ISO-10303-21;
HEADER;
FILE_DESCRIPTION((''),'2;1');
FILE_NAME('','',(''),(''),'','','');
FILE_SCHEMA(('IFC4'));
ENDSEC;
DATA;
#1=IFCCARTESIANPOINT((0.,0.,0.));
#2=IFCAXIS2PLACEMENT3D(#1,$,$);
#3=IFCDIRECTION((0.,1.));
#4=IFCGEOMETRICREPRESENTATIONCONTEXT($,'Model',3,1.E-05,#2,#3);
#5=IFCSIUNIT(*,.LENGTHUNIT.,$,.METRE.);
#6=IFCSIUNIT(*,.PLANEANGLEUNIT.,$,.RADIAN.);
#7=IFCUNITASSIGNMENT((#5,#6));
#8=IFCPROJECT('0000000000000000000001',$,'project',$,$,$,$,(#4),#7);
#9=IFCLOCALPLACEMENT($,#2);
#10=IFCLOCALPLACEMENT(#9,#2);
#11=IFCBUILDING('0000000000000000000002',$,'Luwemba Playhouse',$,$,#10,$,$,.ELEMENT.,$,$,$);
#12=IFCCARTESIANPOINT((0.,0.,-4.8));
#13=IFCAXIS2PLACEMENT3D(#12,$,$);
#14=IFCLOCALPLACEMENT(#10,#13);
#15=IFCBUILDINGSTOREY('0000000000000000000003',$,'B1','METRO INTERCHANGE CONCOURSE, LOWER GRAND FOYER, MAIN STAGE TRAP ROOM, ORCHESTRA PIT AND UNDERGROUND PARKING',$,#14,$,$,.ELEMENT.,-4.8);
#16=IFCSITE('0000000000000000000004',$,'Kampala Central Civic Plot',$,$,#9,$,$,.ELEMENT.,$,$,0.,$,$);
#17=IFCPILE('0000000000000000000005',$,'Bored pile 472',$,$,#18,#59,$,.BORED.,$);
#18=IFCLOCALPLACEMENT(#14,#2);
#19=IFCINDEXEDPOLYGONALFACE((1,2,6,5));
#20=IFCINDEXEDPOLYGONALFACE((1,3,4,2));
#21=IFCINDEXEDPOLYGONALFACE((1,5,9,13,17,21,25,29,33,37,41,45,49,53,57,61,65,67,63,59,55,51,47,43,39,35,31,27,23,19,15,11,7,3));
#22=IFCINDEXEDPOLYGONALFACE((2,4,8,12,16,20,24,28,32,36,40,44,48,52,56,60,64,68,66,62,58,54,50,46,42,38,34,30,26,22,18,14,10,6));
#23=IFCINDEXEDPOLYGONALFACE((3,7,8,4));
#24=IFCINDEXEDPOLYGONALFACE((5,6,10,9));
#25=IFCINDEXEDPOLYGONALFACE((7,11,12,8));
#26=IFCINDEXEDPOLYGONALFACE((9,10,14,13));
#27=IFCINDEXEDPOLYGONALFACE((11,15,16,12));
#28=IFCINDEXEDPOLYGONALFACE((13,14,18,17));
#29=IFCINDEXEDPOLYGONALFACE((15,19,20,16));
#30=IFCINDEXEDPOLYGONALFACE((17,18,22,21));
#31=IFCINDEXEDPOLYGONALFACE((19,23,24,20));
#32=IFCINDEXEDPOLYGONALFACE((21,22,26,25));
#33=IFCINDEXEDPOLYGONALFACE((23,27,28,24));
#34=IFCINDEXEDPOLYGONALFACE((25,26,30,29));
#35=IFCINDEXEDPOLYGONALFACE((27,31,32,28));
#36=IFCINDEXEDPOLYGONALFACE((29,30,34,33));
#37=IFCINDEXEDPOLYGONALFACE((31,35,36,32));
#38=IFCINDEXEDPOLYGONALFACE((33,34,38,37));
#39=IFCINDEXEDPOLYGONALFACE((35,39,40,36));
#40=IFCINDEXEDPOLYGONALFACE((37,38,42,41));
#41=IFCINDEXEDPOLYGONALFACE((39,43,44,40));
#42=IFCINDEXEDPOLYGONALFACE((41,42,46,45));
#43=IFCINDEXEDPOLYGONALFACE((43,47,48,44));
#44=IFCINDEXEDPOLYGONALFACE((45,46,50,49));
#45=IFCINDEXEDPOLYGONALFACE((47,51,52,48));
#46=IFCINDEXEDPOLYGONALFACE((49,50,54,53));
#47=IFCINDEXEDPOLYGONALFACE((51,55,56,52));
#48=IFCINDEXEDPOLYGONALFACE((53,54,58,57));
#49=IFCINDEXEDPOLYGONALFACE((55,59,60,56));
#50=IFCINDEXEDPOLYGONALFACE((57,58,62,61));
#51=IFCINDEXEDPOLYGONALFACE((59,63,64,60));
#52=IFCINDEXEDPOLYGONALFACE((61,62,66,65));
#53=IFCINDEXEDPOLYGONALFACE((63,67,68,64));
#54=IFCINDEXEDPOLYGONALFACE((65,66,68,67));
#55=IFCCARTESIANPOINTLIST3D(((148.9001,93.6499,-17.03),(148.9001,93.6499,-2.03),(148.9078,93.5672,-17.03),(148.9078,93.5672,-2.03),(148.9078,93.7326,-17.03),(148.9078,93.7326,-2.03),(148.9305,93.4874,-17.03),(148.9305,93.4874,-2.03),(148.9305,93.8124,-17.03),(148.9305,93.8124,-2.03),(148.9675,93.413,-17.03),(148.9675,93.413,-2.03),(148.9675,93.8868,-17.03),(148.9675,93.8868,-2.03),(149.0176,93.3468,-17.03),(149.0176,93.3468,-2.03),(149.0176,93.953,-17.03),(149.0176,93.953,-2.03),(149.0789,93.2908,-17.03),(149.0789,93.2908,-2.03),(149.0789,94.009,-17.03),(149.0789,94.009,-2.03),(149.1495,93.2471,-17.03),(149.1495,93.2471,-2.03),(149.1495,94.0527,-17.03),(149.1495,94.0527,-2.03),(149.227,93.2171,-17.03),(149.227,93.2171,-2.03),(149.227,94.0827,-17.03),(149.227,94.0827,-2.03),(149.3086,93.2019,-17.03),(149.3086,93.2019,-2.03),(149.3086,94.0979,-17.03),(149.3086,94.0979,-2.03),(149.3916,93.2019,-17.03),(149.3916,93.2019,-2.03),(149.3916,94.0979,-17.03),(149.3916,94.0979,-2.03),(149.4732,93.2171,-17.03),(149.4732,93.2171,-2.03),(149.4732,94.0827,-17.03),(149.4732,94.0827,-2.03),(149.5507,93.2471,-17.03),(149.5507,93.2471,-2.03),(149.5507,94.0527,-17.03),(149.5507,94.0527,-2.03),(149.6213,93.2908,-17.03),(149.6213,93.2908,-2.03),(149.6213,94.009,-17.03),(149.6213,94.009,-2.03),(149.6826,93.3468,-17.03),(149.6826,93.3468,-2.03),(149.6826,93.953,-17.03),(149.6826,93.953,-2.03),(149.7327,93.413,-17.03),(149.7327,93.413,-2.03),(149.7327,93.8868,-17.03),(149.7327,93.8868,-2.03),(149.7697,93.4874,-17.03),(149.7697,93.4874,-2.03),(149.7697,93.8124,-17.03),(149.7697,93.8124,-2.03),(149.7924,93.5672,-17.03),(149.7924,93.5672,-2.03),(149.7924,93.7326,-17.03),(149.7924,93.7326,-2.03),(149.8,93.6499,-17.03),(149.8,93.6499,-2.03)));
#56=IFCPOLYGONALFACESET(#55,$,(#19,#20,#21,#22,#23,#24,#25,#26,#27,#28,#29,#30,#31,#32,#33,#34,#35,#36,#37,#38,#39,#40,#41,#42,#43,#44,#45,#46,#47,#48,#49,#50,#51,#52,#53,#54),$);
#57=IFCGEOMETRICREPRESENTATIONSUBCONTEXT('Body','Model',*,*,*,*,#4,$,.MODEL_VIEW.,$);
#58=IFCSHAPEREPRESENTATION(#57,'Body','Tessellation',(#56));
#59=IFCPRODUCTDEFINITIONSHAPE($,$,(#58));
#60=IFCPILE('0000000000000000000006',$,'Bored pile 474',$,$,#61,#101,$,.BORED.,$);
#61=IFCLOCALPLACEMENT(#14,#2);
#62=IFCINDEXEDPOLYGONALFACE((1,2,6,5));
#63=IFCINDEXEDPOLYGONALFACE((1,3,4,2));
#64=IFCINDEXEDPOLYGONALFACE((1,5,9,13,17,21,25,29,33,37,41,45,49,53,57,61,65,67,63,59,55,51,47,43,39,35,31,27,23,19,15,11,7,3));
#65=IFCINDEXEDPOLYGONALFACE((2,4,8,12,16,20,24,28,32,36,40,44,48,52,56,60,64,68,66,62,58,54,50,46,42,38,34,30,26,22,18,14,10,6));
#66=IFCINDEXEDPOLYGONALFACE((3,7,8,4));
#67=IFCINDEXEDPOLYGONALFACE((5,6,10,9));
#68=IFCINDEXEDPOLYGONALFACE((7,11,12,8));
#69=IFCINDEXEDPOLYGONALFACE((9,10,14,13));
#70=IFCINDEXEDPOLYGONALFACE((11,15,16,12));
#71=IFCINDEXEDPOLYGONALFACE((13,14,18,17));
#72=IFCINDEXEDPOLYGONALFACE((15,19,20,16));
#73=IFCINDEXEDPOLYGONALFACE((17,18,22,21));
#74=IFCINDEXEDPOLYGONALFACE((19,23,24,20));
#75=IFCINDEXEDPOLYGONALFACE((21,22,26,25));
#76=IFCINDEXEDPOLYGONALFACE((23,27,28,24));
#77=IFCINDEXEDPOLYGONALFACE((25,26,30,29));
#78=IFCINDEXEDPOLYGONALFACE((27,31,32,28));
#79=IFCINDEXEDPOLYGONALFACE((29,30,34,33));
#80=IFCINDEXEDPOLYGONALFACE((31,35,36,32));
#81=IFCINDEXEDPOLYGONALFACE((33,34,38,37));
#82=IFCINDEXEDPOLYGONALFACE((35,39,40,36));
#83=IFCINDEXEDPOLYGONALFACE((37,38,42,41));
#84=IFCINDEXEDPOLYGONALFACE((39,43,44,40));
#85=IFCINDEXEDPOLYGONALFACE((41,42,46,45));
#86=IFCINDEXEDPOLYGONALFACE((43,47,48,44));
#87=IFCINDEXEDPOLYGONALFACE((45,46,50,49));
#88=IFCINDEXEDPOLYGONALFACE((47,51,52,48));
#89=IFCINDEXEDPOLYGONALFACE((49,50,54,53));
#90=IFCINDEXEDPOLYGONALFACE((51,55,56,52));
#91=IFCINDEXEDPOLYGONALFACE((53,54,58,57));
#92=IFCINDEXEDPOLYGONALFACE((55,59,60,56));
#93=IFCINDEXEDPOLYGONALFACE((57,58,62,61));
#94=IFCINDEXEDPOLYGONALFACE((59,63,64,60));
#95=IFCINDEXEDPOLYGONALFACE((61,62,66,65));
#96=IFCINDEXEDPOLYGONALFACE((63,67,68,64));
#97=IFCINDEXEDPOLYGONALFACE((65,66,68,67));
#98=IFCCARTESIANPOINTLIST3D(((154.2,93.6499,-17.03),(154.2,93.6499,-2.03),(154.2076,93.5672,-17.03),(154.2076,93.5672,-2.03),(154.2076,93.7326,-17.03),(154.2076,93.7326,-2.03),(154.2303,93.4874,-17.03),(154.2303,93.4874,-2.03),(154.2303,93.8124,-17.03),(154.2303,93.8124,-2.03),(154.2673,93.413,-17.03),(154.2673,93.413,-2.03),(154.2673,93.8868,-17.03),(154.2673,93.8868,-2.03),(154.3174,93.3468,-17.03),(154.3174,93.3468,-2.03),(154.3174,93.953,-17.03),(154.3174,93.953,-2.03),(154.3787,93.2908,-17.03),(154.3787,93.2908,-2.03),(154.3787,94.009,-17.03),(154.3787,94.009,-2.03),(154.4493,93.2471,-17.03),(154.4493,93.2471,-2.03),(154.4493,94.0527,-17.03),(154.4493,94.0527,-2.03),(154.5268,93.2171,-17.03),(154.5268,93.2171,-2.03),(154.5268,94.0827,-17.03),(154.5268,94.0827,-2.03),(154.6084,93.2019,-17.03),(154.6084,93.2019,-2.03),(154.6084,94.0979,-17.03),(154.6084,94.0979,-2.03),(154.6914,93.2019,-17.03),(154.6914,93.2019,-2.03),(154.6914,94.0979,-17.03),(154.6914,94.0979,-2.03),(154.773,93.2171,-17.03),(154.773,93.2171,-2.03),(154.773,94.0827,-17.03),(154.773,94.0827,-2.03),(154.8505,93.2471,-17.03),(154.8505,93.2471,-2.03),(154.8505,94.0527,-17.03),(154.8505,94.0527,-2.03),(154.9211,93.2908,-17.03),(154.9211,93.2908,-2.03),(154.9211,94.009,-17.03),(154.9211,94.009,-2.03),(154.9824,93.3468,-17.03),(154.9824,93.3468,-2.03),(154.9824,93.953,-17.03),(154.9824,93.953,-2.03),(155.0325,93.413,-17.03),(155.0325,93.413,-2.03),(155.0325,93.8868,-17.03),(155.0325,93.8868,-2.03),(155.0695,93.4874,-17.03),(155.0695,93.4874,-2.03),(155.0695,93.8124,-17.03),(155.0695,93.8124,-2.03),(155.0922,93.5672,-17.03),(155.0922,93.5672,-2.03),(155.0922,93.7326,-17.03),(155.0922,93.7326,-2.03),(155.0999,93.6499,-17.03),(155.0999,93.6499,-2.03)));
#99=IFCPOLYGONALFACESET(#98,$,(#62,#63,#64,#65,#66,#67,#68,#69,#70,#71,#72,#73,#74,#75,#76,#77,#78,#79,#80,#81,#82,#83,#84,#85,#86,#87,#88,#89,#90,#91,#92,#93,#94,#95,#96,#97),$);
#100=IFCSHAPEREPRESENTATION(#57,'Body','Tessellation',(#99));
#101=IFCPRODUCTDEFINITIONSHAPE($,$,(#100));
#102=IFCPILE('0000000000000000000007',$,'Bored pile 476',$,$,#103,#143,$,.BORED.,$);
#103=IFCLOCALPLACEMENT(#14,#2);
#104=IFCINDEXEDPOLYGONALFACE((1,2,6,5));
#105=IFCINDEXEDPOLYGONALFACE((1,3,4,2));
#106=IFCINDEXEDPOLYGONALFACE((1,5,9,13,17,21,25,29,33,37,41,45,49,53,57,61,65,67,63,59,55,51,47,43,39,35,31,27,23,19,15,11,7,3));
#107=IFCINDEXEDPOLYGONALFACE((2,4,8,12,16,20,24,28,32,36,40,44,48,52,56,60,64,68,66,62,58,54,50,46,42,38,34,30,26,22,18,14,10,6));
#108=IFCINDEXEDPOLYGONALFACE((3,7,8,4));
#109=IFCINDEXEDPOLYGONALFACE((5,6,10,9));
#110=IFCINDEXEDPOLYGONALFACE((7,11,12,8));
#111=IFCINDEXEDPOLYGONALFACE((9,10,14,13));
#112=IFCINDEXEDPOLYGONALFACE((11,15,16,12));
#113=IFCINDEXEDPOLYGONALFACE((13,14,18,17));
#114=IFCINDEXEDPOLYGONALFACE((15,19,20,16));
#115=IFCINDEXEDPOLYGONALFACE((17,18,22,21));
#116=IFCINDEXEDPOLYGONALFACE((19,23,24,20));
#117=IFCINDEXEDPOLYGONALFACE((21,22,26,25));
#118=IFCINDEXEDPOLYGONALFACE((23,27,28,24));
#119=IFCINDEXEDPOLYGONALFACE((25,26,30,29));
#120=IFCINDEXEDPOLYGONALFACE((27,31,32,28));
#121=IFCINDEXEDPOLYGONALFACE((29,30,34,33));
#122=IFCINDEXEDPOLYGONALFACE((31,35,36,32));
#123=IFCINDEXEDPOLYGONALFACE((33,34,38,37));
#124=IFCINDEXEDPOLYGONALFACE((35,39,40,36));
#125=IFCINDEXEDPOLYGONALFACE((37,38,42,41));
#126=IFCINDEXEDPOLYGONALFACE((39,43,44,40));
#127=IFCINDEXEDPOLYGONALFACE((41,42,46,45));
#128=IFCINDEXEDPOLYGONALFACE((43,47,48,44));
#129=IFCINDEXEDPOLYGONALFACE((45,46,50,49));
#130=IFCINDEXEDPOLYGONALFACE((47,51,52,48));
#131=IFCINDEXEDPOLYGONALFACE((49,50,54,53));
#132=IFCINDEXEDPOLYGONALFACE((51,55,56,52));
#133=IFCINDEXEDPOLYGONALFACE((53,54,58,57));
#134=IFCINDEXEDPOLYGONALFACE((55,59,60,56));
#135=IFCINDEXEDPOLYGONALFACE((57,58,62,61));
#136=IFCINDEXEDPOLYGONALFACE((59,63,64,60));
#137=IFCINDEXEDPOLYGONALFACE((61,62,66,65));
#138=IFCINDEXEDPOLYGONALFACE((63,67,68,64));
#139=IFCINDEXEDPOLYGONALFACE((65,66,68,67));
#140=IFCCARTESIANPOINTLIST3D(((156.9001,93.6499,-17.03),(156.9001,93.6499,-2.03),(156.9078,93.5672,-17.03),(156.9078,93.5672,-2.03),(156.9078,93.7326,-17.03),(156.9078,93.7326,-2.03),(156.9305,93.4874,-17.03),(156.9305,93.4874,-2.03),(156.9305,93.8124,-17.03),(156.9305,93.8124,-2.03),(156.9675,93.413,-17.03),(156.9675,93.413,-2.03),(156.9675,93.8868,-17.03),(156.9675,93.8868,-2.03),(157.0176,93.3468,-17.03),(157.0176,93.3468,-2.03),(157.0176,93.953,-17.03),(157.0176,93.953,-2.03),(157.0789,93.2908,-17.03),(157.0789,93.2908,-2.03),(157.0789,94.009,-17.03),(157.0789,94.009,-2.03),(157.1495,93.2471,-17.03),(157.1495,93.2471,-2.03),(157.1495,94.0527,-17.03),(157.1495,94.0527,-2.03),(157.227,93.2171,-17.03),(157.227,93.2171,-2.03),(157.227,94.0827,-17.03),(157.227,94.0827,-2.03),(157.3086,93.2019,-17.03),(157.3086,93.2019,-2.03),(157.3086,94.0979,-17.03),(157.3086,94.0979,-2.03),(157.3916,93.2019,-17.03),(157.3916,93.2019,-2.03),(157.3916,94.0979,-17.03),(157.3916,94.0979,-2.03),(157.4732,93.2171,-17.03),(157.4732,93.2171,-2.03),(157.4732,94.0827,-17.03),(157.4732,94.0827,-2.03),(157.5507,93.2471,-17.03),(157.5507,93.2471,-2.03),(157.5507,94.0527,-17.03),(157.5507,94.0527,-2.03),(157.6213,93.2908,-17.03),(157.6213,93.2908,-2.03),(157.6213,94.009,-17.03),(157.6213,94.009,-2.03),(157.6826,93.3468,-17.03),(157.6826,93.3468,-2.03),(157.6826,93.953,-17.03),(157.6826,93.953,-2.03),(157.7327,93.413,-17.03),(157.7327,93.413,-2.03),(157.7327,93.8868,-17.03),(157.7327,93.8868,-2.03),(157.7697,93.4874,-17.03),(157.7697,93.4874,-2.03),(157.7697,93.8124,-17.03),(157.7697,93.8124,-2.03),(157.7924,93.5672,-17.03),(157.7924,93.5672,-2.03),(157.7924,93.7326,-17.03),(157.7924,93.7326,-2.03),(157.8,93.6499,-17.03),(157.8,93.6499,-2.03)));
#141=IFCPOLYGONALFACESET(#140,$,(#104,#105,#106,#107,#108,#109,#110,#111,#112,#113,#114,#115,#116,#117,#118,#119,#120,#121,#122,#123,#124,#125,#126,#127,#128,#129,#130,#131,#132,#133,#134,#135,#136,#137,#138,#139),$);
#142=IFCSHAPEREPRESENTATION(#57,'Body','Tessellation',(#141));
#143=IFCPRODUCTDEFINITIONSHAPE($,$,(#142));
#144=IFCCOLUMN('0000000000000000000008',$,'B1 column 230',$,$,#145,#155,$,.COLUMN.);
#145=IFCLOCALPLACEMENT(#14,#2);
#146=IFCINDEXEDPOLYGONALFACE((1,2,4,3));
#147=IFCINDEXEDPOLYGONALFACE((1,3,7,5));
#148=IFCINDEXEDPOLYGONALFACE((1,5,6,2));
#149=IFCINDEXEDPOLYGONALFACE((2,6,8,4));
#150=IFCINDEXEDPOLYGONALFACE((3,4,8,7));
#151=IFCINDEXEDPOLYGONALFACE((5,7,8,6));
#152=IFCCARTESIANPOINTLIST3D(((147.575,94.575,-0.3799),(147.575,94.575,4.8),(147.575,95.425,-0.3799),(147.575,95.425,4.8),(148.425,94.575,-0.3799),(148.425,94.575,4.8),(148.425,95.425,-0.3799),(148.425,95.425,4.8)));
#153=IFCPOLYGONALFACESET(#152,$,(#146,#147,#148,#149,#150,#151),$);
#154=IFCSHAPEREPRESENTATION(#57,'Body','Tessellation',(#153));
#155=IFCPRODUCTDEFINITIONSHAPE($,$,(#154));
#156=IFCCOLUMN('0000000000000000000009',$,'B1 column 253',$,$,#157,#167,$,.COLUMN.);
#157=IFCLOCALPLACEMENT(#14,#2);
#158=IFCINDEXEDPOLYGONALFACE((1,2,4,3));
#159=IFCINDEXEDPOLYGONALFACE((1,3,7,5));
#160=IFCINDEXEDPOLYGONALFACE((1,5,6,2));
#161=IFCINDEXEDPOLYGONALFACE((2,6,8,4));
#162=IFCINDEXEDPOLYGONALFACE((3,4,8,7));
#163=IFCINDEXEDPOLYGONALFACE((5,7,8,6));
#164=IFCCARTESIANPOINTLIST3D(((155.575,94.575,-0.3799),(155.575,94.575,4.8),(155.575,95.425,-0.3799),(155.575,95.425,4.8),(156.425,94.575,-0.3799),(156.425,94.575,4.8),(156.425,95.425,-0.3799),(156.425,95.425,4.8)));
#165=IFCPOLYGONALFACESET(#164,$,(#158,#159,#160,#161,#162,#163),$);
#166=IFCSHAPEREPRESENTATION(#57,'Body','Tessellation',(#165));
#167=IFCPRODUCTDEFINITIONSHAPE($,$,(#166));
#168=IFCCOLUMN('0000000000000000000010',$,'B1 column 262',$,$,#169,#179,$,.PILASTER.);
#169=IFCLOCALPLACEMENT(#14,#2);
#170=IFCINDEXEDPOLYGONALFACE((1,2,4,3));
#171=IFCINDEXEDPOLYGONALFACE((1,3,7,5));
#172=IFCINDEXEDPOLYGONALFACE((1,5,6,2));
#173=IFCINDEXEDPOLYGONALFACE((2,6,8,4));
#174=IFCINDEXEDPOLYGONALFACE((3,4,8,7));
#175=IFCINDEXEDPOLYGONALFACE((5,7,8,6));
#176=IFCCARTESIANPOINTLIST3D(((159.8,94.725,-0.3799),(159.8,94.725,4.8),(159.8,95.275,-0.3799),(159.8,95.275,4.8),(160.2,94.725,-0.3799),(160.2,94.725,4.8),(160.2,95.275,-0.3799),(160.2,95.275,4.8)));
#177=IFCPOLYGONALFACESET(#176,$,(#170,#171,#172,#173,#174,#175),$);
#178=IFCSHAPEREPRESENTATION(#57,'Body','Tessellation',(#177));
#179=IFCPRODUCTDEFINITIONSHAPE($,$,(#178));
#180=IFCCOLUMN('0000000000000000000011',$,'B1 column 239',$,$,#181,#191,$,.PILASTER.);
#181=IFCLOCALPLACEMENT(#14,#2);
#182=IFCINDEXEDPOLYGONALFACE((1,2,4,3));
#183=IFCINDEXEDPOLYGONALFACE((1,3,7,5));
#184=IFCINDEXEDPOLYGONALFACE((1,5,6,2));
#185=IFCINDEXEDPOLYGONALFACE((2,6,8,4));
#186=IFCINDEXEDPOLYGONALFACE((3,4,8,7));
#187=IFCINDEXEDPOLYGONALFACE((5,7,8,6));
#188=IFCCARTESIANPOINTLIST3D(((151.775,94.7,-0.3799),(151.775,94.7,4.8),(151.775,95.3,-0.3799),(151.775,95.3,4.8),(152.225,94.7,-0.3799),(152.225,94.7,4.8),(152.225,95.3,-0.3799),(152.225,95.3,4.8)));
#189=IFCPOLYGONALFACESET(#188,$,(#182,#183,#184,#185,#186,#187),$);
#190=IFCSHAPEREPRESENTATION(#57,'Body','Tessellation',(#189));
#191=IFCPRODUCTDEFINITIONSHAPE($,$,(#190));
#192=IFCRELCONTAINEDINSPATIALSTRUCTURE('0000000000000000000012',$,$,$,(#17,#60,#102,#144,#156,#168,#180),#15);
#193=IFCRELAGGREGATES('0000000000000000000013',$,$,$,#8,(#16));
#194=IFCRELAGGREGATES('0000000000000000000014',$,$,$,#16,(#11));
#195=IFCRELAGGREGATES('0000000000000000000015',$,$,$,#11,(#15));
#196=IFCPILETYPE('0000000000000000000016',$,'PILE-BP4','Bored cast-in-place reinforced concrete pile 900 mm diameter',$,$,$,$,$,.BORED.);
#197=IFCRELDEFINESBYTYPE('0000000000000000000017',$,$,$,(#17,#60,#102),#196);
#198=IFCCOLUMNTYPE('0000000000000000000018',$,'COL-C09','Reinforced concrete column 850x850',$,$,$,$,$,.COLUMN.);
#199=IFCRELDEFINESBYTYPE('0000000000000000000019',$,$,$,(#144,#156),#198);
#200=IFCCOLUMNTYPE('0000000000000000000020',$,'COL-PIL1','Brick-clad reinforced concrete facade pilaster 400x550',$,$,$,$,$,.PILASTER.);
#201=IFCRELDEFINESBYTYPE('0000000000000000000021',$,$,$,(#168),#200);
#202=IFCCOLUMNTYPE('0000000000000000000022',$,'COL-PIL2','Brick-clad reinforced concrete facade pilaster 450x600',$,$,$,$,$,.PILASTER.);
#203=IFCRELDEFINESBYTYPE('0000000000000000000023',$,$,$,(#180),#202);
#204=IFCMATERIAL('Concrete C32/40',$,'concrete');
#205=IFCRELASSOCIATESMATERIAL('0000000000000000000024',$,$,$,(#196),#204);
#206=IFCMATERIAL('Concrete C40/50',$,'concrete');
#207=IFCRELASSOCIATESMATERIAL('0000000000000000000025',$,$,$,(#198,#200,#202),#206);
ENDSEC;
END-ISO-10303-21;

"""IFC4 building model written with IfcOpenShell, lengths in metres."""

from ifc_helpers import new_model, si_unit, direction, frame, origin, origin_2d, place, context, subcontext, project, spatial, rectangle, circle, extrude, material, material_profile, profile_set, type_object, element, save


model = new_model("IFC4")

# Units and contexts
model_context = context("Model", 3, precision=1e-05, world=origin(), true_north=direction((0.0, 1.0)))
body_context = subcontext(model_context, "Body", "Model", "MODEL_VIEW")
ifc_project = project(units=[si_unit("LENGTHUNIT", "METRE"), si_unit("PLANEANGLEUNIT", "RADIAN")], contexts=[model_context])

# Site, building, storey
site_placement = place(None, origin())
site = spatial("IfcSite", under=ifc_project, at=site_placement, Name="Kampala Central Civic Plot", CompositionType="ELEMENT", RefElevation=0.0)
building_placement = place(site_placement, origin())
building = spatial("IfcBuilding", under=site, at=building_placement, Name="Luwemba Playhouse", CompositionType="ELEMENT")
storey_placement = place(building_placement, frame((0.0, 0.0, -4.8)))
storey = spatial("IfcBuildingStorey", under=building, at=storey_placement, Name="B1", Description="METRO INTERCHANGE CONCOURSE, LOWER GRAND FOYER, MAIN STAGE TRAP ROOM, ORCHESTRA PIT AND UNDERGROUND PARKING", CompositionType="ELEMENT", Elevation=-4.8)

# Shared definitions
ifc_material_1 = material(Name="Concrete C32/40", Category="concrete")

# Piles
ifc_material_profile_1 = material_profile(ifc_material_1, circle(Radius=0.45, at=origin_2d()))
ifc_profile_set_1 = profile_set([ifc_material_profile_1], Name="Concrete C32/40")
pile_type_1 = type_object("IfcPileType", Name="PILE-BP4", Description="Bored cast-in-place reinforced concrete pile 900 mm diameter", PredefinedType="BORED", material=ifc_profile_set_1)
for number, where, z_axis, x_axis, name in (
    (1, (149.3501, 93.6499, -2.03), (0.0, 0.0, -1.0), (1.0, 0.0, 0.0), "Bored pile 472"),
    (2, (154.6499, 93.6499, -2.03), (0.0, 0.0, -1.0), (1.0, 0.0, 0.0), "Bored pile 474"),
    (3, (157.3501, 93.6499, -2.03), (0.0, 0.0, -1.0), (1.0, 0.0, 0.0), "Bored pile 476"),
):
    element("IfcPile", number, at=place(storey_placement, frame(where, z_axis=z_axis, x_axis=x_axis)), inside=storey, type_object=pile_type_1, Name=name, PredefinedType="BORED", context=body_context, shape_type="SweptSolid", body=[
        extrude(circle(Radius=0.45, at=origin_2d()), origin(), (0.0, 0.0, 1.0), 15.0),
    ])

# Columns
ifc_material_2 = material(Name="Concrete C40/50", Category="concrete")
ifc_material_profile_2 = material_profile(ifc_material_2, rectangle(XDim=0.8501, YDim=0.8501, at=origin_2d()))
ifc_profile_set_2 = profile_set([ifc_material_profile_2], Name="Concrete C40/50")
column_type_1 = type_object("IfcColumnType", Name="COL-C09", Description="Reinforced concrete column 850x850", PredefinedType="COLUMN", material=ifc_profile_set_2)
for number, where, z_axis, x_axis, name in (
    (4, (148.0, 95.0, -0.3799), (0.0, 0.0, 1.0), (1.0, 0.0, 0.0), "B1 column 230"),
    (5, (156.0, 95.0, -0.3799), (0.0, 0.0, 1.0), (1.0, 0.0, 0.0), "B1 column 253"),
):
    element("IfcColumn", number, at=place(storey_placement, frame(where, z_axis=z_axis, x_axis=x_axis)), inside=storey, type_object=column_type_1, Name=name, PredefinedType="COLUMN", context=body_context, shape_type="SweptSolid", body=[
        extrude(rectangle(XDim=0.8501, YDim=0.8501, at=origin_2d()), origin(), (0.0, 0.0, 1.0), 5.1799),
    ])
ifc_material_profile_3 = material_profile(ifc_material_2, rectangle(XDim=0.3999, YDim=0.55, at=origin_2d()))
ifc_profile_set_3 = profile_set([ifc_material_profile_3], Name="Concrete C40/50")
column_type_2 = type_object("IfcColumnType", Name="COL-PIL1", Description="Brick-clad reinforced concrete facade pilaster 400x550", PredefinedType="PILASTER", material=ifc_profile_set_3)
column_1_placement = place(storey_placement, frame((160.0, 95.0, -0.3799), z_axis=(0.0, 0.0, 1.0), x_axis=(1.0, 0.0, 0.0)))
element("IfcColumn", 6, at=column_1_placement, inside=storey, type_object=column_type_2, Name="B1 column 262", PredefinedType="PILASTER", context=body_context, shape_type="SweptSolid", body=[
    extrude(rectangle(XDim=0.3999, YDim=0.55, at=origin_2d()), origin(), (0.0, 0.0, 1.0), 5.1799),
])
ifc_material_profile_4 = material_profile(ifc_material_2, rectangle(XDim=0.45, YDim=0.6001, at=origin_2d()))
ifc_profile_set_4 = profile_set([ifc_material_profile_4], Name="Concrete C40/50")
column_type_3 = type_object("IfcColumnType", Name="COL-PIL2", Description="Brick-clad reinforced concrete facade pilaster 450x600", PredefinedType="PILASTER", material=ifc_profile_set_4)
column_2_placement = place(storey_placement, frame((152.0, 95.0, -0.3799), z_axis=(0.0, 0.0, 1.0), x_axis=(1.0, 0.0, 0.0)))
element("IfcColumn", 7, at=column_2_placement, inside=storey, type_object=column_type_3, Name="B1 column 239", PredefinedType="PILASTER", context=body_context, shape_type="SweptSolid", body=[
    extrude(rectangle(XDim=0.45, YDim=0.6001, at=origin_2d()), origin(), (0.0, 0.0, 1.0), 5.1799),
])

save(model, "model.ifc")
